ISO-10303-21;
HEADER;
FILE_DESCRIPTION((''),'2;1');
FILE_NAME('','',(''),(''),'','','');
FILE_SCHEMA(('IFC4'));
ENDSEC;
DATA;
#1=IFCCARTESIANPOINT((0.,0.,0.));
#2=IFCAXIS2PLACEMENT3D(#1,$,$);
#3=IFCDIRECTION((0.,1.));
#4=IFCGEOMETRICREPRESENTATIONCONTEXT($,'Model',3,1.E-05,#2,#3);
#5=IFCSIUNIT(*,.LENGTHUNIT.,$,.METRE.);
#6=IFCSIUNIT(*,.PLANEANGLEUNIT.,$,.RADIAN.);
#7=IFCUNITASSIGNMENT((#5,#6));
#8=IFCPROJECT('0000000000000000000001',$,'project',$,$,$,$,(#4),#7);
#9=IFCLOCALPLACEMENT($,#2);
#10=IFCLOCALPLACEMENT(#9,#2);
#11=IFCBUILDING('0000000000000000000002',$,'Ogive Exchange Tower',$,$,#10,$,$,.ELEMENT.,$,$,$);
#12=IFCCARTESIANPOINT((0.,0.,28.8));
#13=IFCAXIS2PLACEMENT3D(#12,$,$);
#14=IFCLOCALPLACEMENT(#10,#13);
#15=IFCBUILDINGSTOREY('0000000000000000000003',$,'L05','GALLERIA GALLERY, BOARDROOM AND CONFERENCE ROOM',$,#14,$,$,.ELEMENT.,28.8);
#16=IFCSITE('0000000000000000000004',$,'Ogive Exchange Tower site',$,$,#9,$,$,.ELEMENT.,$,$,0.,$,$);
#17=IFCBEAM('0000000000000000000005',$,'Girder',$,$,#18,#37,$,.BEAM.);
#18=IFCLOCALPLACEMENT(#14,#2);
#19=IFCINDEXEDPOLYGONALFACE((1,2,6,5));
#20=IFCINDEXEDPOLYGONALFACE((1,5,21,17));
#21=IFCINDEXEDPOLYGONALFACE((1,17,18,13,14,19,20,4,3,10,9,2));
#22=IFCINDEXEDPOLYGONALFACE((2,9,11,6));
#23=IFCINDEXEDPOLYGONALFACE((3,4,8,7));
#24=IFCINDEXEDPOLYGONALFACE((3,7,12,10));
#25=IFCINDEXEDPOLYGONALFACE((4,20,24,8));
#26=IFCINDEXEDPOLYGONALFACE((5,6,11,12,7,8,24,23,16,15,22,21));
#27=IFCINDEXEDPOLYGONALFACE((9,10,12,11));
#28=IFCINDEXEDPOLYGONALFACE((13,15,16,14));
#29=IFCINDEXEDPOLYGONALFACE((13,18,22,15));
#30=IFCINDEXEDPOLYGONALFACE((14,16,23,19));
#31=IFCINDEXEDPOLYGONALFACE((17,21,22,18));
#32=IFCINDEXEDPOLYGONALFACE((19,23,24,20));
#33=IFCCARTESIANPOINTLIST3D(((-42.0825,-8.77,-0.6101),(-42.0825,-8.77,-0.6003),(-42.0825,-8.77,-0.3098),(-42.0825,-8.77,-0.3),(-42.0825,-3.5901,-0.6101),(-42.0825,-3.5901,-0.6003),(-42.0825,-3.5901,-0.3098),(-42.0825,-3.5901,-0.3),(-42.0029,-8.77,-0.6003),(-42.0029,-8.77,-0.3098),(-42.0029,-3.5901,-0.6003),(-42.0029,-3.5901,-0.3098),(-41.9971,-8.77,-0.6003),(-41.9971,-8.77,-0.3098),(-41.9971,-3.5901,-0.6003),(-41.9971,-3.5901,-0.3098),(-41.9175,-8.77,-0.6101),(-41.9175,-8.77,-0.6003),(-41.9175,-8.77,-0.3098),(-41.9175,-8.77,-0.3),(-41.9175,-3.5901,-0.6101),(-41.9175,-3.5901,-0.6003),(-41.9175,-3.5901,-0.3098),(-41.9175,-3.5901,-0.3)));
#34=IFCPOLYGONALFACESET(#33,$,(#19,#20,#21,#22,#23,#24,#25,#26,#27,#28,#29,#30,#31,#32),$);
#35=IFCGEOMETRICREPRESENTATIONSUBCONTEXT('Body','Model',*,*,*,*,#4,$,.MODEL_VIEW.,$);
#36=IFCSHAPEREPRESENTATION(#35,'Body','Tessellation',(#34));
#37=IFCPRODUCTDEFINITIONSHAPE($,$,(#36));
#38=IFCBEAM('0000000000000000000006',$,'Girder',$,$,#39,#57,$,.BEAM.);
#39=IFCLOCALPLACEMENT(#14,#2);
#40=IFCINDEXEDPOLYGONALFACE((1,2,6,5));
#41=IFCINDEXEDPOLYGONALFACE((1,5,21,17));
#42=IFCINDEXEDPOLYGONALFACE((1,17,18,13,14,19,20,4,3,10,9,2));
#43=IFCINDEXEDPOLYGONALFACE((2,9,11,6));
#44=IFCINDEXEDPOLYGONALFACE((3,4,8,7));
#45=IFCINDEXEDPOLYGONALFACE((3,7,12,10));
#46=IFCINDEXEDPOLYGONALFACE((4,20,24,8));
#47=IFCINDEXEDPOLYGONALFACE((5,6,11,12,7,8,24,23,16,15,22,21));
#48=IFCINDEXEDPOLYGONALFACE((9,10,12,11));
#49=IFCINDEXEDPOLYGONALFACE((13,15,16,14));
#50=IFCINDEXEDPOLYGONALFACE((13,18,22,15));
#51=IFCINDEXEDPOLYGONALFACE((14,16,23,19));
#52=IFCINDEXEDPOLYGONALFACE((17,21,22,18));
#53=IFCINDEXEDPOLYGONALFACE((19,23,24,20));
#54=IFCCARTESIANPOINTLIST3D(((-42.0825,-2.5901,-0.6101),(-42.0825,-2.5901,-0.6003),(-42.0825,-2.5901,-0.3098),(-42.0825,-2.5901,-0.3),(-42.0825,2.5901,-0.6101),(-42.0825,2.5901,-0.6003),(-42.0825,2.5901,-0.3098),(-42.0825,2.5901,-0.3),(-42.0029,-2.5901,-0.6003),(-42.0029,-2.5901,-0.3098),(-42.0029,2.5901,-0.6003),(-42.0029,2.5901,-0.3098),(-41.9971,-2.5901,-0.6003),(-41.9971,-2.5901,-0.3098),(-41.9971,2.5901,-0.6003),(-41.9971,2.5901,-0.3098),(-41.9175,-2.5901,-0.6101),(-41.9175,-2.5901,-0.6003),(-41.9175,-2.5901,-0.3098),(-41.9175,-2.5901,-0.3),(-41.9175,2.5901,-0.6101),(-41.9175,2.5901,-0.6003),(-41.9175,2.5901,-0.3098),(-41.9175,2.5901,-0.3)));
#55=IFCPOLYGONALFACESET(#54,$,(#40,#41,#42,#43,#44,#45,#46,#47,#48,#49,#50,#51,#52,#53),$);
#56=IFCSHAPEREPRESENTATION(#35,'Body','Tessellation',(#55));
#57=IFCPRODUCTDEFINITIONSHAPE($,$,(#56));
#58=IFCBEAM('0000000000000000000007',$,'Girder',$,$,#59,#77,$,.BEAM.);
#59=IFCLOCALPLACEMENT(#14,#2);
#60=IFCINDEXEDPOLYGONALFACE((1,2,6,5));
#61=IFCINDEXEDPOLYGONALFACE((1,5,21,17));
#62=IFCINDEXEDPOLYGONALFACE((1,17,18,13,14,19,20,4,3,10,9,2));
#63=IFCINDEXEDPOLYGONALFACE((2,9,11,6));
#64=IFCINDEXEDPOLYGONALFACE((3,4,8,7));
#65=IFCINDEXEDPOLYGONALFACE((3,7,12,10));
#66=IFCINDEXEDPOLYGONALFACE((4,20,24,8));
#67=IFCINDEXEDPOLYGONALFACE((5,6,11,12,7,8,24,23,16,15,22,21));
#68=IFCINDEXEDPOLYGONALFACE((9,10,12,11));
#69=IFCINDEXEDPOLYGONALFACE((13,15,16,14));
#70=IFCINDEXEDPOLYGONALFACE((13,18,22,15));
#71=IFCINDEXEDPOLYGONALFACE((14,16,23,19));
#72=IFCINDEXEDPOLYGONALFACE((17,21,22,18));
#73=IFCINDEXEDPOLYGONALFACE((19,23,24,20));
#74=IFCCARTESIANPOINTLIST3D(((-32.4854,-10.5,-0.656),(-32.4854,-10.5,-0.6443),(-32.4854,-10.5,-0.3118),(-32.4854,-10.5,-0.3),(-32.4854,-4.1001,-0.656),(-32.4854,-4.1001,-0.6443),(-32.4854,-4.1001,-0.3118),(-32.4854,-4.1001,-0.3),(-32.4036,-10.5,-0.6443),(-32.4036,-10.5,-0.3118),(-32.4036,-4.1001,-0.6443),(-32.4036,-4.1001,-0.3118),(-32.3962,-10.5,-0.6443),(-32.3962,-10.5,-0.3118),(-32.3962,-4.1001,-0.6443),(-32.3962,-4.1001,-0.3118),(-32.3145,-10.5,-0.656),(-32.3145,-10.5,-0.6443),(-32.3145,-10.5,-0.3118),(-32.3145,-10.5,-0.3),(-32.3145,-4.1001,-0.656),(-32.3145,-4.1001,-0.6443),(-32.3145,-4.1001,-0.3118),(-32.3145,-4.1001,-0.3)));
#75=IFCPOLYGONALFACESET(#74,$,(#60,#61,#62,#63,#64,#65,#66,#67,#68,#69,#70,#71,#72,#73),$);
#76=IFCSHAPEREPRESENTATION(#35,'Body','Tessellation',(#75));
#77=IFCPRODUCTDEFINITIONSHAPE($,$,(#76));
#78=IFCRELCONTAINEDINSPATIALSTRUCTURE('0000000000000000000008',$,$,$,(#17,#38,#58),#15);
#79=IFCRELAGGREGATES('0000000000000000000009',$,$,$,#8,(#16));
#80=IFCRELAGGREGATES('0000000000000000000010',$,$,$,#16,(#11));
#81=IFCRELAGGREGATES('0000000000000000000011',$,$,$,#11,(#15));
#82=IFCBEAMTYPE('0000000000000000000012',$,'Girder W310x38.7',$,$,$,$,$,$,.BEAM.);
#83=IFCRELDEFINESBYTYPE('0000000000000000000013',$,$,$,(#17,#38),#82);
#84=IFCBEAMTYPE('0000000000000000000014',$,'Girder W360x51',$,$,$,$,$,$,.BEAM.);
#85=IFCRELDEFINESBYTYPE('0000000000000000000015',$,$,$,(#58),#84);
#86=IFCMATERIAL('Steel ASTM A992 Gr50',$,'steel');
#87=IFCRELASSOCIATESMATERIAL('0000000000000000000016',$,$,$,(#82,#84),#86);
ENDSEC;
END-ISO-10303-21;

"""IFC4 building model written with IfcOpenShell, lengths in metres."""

from ifc_helpers import new_model, si_unit, direction, frame, origin, origin_2d, place, context, subcontext, project, spatial, i_section, extrude, material, material_profile, profile_set, type_object, element, save


model = new_model("IFC4")

# Units and contexts
model_context = context("Model", 3, precision=1e-05, world=origin(), true_north=direction((0.0, 1.0)))
body_context = subcontext(model_context, "Body", "Model", "MODEL_VIEW")
ifc_project = project(units=[si_unit("LENGTHUNIT", "METRE"), si_unit("PLANEANGLEUNIT", "RADIAN")], contexts=[model_context])

# Site, building, storey
site_placement = place(None, origin())
site = spatial("IfcSite", under=ifc_project, at=site_placement, Name="Ogive Exchange Tower site", CompositionType="ELEMENT", RefElevation=0.0)
building_placement = place(site_placement, origin())
building = spatial("IfcBuilding", under=site, at=building_placement, Name="Ogive Exchange Tower", CompositionType="ELEMENT")
storey_placement = place(building_placement, frame((0.0, 0.0, 28.8)))
storey = spatial("IfcBuildingStorey", under=building, at=storey_placement, Name="L05", Description="GALLERIA GALLERY, BOARDROOM AND CONFERENCE ROOM", CompositionType="ELEMENT", Elevation=28.8)

# Beams
ifc_material_1 = material(Name="Steel ASTM A992 Gr50", Category="steel")
ifc_material_profile_1 = material_profile(ifc_material_1, i_section(OverallWidth=0.165, OverallDepth=0.3101, WebThickness=0.0059, FlangeThickness=0.0098, at=origin_2d()), Name="W310x38.7")
ifc_profile_set_1 = profile_set([ifc_material_profile_1], Name="Steel ASTM A992 Gr50")
beam_type_1 = type_object("IfcBeamType", Name="Girder W310x38.7", PredefinedType="BEAM", material=ifc_profile_set_1)
beam_1_placement = place(storey_placement, frame((-42.0, -8.77, -0.4551), z_axis=(0.0, 1.0, 0.0), x_axis=(-1.0, 0.0, 0.0)))
element("IfcBeam", 1, at=beam_1_placement, inside=storey, type_object=beam_type_1, Name="Girder", PredefinedType="BEAM", context=body_context, shape_type="SweptSolid", body=[
    extrude(i_section(OverallWidth=0.165, OverallDepth=0.3101, WebThickness=0.0059, FlangeThickness=0.0098, at=origin_2d()), origin(), (0.0, 0.0, 1.0), 5.1799),
])
beam_2_placement = place(storey_placement, frame((-42.0, -2.5901, -0.4551), z_axis=(0.0, 1.0, 0.0), x_axis=(-1.0, 0.0, 0.0)))
element("IfcBeam", 2, at=beam_2_placement, inside=storey, type_object=beam_type_1, Name="Girder", PredefinedType="BEAM", context=body_context, shape_type="SweptSolid", body=[
    extrude(i_section(OverallWidth=0.165, OverallDepth=0.3101, WebThickness=0.0059, FlangeThickness=0.0098, at=origin_2d()), origin(), (0.0, 0.0, 1.0), 5.1802),
])
ifc_material_profile_2 = material_profile(ifc_material_1, i_section(OverallWidth=0.1709, OverallDepth=0.356, WebThickness=0.0073, FlangeThickness=0.0117, at=origin_2d()), Name="W360x51")
ifc_profile_set_2 = profile_set([ifc_material_profile_2], Name="Steel ASTM A992 Gr50")
beam_type_2 = type_object("IfcBeamType", Name="Girder W360x51", PredefinedType="BEAM", material=ifc_profile_set_2)
beam_3_placement = place(storey_placement, frame((-32.3999, -4.1001, -0.478), z_axis=(0.0, -1.0, 0.0), x_axis=(1.0, 0.0, 0.0)))
element("IfcBeam", 3, at=beam_3_placement, inside=storey, type_object=beam_type_2, Name="Girder", PredefinedType="BEAM", context=body_context, shape_type="SweptSolid", body=[
    extrude(i_section(OverallWidth=0.1709, OverallDepth=0.356, WebThickness=0.0073, FlangeThickness=0.0117, at=origin_2d()), origin(), (0.0, 0.0, 1.0), 6.3999),
])

save(model, "model.ifc")
